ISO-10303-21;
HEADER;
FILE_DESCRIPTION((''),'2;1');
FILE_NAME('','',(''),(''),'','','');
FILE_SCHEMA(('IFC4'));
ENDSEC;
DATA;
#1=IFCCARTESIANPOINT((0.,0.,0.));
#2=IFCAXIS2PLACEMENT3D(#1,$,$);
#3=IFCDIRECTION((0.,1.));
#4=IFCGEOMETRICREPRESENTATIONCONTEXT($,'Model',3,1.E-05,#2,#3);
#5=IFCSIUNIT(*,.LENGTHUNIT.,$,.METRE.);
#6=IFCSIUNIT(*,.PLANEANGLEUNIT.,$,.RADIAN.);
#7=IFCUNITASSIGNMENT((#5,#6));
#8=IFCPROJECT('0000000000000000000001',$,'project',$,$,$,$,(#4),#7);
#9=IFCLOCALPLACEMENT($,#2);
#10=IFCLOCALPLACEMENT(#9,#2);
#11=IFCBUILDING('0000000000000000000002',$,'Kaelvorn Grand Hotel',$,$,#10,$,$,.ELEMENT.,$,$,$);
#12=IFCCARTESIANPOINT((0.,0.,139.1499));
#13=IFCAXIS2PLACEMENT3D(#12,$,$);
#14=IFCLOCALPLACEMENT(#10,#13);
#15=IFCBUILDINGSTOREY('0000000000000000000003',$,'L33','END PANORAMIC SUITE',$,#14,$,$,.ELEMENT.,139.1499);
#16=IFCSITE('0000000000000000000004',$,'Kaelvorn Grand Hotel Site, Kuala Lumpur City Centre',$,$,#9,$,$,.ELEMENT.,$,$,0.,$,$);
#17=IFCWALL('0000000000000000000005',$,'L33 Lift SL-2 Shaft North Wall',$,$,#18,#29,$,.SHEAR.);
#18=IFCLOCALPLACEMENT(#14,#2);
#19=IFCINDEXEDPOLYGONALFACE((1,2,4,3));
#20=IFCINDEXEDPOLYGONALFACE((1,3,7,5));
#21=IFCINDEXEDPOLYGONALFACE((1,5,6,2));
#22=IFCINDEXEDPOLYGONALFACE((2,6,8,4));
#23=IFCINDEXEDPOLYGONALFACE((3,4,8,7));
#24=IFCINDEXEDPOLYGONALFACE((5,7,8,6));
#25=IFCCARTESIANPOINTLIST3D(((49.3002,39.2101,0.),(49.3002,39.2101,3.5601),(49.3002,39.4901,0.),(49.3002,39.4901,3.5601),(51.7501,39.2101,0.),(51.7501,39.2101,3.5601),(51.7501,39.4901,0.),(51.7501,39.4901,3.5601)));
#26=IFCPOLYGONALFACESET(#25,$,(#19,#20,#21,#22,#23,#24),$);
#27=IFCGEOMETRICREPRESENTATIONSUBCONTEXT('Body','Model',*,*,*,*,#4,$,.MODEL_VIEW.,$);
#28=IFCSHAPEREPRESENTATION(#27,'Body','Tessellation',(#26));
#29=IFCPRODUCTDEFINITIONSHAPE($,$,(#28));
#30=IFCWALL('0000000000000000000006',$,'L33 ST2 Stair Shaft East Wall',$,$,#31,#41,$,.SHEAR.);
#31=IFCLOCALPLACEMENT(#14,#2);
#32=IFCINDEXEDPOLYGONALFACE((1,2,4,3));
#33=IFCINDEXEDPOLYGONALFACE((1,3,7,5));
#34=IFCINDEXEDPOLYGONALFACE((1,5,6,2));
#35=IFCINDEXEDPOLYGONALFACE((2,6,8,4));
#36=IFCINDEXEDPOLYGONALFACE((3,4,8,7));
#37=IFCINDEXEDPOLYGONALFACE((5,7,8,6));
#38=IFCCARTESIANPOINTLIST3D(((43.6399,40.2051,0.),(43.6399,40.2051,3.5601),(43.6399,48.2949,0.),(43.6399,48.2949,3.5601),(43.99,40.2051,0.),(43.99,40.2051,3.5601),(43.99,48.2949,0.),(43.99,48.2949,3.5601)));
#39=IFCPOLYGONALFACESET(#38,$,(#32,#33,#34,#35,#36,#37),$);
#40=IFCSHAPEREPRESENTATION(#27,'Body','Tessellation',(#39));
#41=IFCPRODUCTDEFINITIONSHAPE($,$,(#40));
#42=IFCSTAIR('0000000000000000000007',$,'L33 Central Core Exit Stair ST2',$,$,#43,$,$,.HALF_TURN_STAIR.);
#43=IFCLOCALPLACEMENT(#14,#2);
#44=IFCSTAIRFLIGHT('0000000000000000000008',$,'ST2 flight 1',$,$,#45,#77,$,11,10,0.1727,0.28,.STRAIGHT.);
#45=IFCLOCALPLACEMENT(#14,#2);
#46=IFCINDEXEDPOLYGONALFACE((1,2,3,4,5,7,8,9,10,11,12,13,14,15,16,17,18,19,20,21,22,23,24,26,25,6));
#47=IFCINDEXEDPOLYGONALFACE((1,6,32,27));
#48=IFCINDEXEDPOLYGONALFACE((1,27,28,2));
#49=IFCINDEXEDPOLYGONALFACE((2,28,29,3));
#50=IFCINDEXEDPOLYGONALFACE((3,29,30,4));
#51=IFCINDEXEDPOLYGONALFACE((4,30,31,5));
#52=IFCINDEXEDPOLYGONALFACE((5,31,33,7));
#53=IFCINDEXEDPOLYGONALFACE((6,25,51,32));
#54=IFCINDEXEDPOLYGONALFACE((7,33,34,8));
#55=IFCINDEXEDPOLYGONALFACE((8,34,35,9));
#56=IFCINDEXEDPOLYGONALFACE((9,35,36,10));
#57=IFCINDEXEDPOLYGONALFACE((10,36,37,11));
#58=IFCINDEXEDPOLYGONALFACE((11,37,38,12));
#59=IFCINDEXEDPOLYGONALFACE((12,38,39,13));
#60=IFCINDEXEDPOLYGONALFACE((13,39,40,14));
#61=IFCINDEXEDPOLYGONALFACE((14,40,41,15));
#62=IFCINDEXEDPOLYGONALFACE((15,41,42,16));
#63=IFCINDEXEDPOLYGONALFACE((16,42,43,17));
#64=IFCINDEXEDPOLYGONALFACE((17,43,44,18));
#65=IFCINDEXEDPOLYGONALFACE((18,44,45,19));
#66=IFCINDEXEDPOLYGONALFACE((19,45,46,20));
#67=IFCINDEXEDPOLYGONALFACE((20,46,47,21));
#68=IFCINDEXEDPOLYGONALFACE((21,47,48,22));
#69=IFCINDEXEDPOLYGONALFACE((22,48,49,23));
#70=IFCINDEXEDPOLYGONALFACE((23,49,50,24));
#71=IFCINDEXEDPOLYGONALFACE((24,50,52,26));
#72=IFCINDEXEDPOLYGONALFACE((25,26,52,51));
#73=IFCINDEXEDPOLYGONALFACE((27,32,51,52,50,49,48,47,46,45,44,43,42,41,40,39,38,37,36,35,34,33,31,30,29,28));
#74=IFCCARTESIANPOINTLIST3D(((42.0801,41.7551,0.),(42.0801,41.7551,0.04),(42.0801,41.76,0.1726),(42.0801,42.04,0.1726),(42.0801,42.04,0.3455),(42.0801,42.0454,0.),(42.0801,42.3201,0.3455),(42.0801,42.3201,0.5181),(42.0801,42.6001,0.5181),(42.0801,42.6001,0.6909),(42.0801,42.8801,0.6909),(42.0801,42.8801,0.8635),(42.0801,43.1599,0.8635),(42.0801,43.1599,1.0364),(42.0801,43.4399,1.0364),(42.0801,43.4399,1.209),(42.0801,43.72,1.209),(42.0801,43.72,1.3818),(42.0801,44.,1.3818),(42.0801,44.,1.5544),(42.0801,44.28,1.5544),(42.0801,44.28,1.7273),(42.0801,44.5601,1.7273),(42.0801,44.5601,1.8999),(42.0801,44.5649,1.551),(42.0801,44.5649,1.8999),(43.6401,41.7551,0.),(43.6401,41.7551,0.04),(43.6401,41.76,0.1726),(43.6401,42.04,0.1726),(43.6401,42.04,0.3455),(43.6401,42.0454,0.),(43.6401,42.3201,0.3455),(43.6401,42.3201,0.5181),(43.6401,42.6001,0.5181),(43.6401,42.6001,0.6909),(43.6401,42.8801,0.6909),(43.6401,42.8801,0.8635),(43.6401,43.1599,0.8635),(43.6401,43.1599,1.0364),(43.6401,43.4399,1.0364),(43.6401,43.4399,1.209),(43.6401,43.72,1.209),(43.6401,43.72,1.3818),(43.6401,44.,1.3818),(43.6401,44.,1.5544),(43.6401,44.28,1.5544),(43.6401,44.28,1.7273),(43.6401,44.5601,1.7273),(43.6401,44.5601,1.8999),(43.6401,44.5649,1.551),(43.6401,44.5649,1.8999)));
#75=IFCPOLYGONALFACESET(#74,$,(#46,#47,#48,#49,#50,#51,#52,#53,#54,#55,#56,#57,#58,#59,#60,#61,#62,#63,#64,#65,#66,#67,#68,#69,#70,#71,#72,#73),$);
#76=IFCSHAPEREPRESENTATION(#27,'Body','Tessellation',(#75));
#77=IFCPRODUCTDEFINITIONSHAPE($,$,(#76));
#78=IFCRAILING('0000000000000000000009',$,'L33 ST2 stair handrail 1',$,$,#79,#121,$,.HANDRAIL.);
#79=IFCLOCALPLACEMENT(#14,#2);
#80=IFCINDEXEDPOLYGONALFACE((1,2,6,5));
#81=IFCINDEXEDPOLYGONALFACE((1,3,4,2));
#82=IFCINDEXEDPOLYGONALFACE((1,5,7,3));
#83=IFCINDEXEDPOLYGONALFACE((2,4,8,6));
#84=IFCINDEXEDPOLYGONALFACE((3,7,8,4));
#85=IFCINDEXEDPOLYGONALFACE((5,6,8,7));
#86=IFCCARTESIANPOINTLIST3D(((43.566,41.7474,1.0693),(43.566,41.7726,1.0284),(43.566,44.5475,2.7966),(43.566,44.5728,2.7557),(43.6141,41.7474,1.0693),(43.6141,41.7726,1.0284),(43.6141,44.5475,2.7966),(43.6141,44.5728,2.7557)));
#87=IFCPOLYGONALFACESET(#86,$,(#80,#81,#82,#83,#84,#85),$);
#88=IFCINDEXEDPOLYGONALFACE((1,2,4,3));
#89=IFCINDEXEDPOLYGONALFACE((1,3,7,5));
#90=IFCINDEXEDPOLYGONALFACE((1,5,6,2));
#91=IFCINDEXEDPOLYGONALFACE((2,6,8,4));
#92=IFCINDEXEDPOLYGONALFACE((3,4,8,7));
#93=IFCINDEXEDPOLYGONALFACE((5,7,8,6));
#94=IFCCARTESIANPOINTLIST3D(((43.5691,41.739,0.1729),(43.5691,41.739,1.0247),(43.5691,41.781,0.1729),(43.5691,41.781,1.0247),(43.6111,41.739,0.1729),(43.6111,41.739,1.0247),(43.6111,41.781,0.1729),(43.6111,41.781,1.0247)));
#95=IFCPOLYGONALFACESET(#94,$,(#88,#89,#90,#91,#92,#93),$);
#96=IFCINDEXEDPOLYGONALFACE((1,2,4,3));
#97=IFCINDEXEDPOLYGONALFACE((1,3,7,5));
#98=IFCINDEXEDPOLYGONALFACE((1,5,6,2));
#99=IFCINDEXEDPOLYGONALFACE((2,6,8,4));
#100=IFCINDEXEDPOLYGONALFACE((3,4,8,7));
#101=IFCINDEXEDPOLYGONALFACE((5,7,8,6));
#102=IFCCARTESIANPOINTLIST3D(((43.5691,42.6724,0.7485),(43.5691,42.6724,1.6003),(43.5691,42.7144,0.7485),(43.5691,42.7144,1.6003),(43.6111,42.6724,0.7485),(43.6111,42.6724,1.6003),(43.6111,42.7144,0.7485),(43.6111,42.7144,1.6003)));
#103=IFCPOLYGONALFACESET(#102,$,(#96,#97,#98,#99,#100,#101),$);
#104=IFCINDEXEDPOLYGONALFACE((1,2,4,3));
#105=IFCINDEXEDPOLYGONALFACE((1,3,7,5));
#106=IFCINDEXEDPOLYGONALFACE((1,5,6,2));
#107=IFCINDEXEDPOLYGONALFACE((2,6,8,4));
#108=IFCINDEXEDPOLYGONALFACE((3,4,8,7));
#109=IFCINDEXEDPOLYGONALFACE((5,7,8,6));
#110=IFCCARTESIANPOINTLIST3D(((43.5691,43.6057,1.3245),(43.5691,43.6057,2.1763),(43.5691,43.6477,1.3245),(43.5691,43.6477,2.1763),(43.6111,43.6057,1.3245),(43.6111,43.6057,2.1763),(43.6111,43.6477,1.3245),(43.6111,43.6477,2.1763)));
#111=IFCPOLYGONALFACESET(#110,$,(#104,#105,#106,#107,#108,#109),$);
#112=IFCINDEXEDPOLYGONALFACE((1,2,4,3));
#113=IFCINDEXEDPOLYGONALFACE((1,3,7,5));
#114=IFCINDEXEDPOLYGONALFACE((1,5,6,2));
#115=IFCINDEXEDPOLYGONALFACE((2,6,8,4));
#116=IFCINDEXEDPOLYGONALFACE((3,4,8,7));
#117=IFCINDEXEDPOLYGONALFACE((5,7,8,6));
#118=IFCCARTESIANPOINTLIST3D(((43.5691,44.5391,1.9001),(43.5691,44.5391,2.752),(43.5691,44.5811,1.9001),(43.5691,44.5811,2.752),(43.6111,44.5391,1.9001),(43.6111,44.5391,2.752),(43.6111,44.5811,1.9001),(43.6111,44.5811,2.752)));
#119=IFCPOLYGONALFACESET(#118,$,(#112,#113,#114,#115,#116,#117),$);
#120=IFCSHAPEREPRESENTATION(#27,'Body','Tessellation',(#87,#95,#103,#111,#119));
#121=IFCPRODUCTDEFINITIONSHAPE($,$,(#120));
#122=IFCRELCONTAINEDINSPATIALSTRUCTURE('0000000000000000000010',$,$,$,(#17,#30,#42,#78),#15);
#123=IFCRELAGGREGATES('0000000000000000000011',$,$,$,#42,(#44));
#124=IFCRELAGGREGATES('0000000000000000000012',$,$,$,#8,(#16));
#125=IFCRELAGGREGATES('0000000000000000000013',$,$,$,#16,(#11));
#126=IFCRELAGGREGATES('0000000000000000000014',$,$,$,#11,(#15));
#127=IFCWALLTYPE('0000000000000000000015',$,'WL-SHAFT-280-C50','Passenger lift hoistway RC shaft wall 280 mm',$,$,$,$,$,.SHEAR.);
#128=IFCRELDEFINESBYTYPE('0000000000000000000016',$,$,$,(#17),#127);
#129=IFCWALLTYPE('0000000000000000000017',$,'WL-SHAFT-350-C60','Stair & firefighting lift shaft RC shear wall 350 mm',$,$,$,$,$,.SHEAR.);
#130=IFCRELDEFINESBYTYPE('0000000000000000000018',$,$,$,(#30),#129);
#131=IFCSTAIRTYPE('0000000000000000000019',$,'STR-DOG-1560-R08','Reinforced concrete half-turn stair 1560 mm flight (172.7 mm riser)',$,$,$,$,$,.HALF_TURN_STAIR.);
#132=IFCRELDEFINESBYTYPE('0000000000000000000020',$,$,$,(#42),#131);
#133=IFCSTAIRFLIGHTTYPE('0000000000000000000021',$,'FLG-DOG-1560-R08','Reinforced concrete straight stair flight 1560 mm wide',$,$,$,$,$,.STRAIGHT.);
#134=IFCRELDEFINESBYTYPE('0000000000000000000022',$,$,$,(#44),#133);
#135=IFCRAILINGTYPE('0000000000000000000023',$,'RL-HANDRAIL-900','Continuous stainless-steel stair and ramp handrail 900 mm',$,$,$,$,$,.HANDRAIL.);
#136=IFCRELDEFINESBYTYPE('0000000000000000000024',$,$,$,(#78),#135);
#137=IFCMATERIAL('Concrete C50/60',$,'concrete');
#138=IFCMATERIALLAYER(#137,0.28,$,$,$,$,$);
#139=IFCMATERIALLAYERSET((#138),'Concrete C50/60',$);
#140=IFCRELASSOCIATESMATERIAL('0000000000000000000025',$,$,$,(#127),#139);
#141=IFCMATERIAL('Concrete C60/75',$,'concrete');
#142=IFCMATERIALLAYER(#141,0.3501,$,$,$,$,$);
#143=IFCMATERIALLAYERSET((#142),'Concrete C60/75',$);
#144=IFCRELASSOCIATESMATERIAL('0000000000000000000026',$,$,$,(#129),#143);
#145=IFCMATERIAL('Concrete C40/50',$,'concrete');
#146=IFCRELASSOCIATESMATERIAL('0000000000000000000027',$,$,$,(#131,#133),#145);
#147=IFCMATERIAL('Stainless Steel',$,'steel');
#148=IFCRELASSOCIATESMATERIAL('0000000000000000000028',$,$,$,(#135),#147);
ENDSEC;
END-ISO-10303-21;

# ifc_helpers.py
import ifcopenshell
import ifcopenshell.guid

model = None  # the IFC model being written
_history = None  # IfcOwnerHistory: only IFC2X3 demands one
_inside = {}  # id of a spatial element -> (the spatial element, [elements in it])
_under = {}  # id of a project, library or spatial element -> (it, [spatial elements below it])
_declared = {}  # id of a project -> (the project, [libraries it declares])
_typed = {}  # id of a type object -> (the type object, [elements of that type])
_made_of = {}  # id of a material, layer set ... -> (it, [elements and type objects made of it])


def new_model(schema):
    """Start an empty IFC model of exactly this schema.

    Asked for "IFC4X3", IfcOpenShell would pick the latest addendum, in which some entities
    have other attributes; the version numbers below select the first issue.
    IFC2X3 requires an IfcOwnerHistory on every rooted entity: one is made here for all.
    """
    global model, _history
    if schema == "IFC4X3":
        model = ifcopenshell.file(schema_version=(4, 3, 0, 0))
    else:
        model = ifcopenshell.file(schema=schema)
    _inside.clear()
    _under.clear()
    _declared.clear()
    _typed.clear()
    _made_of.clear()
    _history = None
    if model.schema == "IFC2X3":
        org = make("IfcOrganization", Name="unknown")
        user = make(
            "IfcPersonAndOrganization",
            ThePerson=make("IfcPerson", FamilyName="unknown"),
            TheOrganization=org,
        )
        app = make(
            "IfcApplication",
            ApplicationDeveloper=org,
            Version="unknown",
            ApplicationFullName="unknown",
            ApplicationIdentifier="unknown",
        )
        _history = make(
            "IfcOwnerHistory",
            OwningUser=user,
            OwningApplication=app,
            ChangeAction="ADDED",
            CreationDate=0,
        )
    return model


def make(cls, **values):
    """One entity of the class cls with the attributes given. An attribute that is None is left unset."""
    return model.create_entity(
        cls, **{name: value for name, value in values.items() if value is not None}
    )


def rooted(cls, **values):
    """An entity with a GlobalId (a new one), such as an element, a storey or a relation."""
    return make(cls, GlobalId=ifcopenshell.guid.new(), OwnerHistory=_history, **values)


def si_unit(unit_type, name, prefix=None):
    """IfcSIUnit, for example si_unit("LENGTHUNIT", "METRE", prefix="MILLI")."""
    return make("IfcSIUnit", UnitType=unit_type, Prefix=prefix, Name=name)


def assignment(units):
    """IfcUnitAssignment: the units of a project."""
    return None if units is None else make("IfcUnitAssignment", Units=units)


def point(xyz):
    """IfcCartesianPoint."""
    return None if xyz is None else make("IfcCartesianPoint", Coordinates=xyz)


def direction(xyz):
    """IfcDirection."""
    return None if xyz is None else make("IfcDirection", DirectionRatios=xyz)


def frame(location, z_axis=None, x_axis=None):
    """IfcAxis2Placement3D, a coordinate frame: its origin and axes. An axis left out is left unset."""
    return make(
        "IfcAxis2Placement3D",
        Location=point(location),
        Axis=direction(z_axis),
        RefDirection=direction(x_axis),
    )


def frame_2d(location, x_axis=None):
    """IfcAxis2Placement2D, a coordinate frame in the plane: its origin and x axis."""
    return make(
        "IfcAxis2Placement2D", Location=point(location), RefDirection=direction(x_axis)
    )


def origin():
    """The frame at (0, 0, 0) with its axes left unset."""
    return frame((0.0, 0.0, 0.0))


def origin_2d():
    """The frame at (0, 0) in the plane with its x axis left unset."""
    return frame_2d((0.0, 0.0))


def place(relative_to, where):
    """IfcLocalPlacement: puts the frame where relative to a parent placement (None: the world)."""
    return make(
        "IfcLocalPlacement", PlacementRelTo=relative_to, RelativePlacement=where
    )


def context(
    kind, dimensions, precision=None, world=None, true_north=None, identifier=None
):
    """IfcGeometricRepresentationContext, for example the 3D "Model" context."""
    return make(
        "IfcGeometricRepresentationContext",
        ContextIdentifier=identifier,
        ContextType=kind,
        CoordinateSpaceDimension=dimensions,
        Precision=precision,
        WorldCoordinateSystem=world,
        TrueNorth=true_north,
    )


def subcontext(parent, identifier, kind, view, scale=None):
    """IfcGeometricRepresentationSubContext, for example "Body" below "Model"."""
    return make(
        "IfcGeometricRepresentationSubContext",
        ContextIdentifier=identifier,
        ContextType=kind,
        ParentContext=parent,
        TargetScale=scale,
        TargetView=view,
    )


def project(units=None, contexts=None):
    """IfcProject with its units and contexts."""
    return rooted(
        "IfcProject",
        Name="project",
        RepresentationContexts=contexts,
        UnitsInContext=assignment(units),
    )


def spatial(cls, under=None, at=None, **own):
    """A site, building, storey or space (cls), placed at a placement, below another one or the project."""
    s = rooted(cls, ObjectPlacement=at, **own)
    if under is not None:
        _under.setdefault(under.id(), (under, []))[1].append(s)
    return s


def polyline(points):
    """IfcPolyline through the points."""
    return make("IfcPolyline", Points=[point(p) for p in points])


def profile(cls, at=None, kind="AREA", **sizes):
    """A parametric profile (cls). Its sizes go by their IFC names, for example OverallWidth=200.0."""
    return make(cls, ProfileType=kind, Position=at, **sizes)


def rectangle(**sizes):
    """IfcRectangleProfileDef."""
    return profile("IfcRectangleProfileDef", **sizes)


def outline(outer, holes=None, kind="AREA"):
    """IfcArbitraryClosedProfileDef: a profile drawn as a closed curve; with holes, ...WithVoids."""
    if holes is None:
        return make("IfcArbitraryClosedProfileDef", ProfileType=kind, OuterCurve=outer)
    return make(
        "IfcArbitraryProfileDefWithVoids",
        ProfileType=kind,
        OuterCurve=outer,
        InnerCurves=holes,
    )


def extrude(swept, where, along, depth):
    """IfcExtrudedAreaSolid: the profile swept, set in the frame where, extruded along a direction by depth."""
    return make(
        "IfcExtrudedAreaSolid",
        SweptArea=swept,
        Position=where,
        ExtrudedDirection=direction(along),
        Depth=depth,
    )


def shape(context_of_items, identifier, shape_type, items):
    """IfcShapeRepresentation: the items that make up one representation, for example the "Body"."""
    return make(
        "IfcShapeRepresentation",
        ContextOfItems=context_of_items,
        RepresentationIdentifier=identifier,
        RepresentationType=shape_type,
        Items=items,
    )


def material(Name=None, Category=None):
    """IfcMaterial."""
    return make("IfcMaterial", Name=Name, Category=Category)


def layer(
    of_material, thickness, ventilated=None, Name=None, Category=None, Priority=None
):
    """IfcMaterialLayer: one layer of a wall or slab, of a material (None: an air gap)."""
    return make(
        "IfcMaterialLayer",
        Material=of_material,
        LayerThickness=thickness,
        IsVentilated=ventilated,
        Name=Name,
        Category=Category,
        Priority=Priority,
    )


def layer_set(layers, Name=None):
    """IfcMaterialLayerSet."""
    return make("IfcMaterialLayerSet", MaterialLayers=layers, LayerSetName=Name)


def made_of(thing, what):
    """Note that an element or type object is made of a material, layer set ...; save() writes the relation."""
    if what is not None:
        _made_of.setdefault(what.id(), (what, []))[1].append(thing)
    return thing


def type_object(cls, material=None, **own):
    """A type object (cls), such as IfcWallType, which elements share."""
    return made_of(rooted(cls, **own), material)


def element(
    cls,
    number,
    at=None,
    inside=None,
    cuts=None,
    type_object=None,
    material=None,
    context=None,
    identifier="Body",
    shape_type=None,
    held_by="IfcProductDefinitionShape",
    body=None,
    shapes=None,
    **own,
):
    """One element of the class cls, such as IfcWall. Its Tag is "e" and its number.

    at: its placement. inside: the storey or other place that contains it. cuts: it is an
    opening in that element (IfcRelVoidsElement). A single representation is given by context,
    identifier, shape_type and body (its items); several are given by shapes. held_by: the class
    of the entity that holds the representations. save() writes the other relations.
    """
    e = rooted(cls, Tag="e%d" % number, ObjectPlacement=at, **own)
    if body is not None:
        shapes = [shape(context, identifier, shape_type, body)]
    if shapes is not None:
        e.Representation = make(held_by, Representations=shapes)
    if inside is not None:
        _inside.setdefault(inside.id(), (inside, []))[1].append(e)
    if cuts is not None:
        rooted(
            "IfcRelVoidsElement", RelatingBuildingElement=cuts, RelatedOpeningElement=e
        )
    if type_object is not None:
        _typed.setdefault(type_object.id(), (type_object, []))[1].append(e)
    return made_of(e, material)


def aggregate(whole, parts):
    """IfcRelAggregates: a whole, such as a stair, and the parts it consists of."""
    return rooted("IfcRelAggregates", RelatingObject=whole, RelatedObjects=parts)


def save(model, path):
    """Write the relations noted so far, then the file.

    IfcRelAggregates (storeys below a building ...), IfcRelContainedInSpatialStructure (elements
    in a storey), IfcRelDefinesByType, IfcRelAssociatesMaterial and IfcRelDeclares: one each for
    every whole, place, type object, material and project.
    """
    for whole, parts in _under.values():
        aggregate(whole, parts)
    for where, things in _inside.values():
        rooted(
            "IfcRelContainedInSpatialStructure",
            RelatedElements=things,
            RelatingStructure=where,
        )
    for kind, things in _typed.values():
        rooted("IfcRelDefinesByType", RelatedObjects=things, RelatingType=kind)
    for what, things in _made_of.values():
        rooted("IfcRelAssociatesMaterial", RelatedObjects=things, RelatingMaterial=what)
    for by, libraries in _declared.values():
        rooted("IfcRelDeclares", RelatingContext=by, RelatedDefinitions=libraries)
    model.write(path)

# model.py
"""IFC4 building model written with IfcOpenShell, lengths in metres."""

from ifc_helpers import new_model, si_unit, direction, frame, frame_2d, origin, origin_2d, place, context, subcontext, project, spatial, polyline, rectangle, outline, extrude, material, layer, layer_set, type_object, element, aggregate, save


model = new_model("IFC4")

# Units and contexts
model_context = context("Model", 3, precision=1e-05, world=origin(), true_north=direction((0.0, 1.0)))
body_context = subcontext(model_context, "Body", "Model", "MODEL_VIEW")
ifc_project = project(units=[si_unit("LENGTHUNIT", "METRE"), si_unit("PLANEANGLEUNIT", "RADIAN")], contexts=[model_context])

# Site, building, storey
site_placement = place(None, origin())
site = spatial("IfcSite", under=ifc_project, at=site_placement, Name="Kaelvorn Grand Hotel Site, Kuala Lumpur City Centre", CompositionType="ELEMENT", RefElevation=0.0)
building_placement = place(site_placement, origin())
building = spatial("IfcBuilding", under=site, at=building_placement, Name="Kaelvorn Grand Hotel", CompositionType="ELEMENT")
storey_placement = place(building_placement, frame((0.0, 0.0, 139.1499)))
storey = spatial("IfcBuildingStorey", under=building, at=storey_placement, Name="L33", Description="END PANORAMIC SUITE", CompositionType="ELEMENT", Elevation=139.1499)

# Shared definitions
ifc_material_1 = material(Name="Concrete C60/75", Category="concrete")

# Shared definitions
ifc_material_2 = material(Name="Concrete C40/50", Category="concrete")

# Shared definitions
ifc_material_3 = material(Name="Concrete C50/60", Category="concrete")
ifc_layer_1 = layer(ifc_material_3, 0.28)
ifc_layer_set_1 = layer_set([ifc_layer_1], Name="Concrete C50/60")
wall_type_1 = type_object("IfcWallType", Name="WL-SHAFT-280-C50", Description="Passenger lift hoistway RC shaft wall 280 mm", PredefinedType="SHEAR", material=ifc_layer_set_1)
ifc_material_4 = material(Name="Stainless Steel", Category="steel")

# Walls
for number, where, z_axis, x_axis, name in (
    (1, (49.3, 39.3501, 0.0), (0.0, 0.0, 1.0), (1.0, 0.0, 0.0), "L33 Lift SL-2 Shaft North Wall"),
):
    element("IfcWall", number, at=place(storey_placement, frame(where, z_axis=z_axis, x_axis=x_axis)), inside=storey, type_object=wall_type_1, Name=name, PredefinedType="SHEAR", context=body_context, shape_type="SweptSolid", body=[
        extrude(rectangle(XDim=2.45, YDim=0.28, at=frame_2d((1.2251, 0.0))), origin(), (0.0, 0.0, 1.0), 3.5601),
    ])
ifc_layer_2 = layer(ifc_material_1, 0.3501)
ifc_layer_set_2 = layer_set([ifc_layer_2], Name="Concrete C60/75")
wall_type_2 = type_object("IfcWallType", Name="WL-SHAFT-350-C60", Description="Stair & firefighting lift shaft RC shear wall 350 mm", PredefinedType="SHEAR", material=ifc_layer_set_2)
wall_1_placement = place(storey_placement, frame((43.8149, 40.2051, 0.0), z_axis=(0.0, 0.0, 1.0), x_axis=(0.0, 1.0, 0.0)))
element("IfcWall", 2, at=wall_1_placement, inside=storey, type_object=wall_type_2, Name="L33 ST2 Stair Shaft East Wall", PredefinedType="SHEAR", context=body_context, shape_type="SweptSolid", body=[
    extrude(rectangle(XDim=8.0898, YDim=0.3501, at=frame_2d((4.0449, 0.0))), origin(), (0.0, 0.0, 1.0), 3.5601),
])

# Stair, stair flight
stair_type = type_object("IfcStairType", Name="STR-DOG-1560-R08", Description="Reinforced concrete half-turn stair 1560 mm flight (172.7 mm riser)", PredefinedType="HALF_TURN_STAIR", material=ifc_material_2)
stair_placement = place(storey_placement, origin())
stair = element("IfcStair", 3, at=stair_placement, inside=storey, type_object=stair_type, Name="L33 Central Core Exit Stair ST2", PredefinedType="HALF_TURN_STAIR")
stair_flight_type = type_object("IfcStairFlightType", Name="FLG-DOG-1560-R08", Description="Reinforced concrete straight stair flight 1560 mm wide", PredefinedType="STRAIGHT", material=ifc_material_2)
stair_flight_placement = place(storey_placement, frame((42.8601, 41.76, 0.0), z_axis=(0.0, 0.0, 1.0), x_axis=(0.0, 1.0, 0.0)))
stair_flight = element("IfcStairFlight", 4, at=stair_flight_placement, type_object=stair_flight_type, Name="ST2 flight 1", NumberOfRisers=11, NumberOfTreads=10, PredefinedType="STRAIGHT", RiserHeight=0.1727, TreadLength=0.28, context=body_context, shape_type="SweptSolid", body=[
    extrude(outline(polyline([(-0.0049, 0.0), (-0.0049, 0.04), (0.0, 0.1726), (0.28, 0.1726), (0.28, 0.3455), (0.5601, 0.3455), (0.5601, 0.5181), (0.8401, 0.5181), (0.8401, 0.6909), (1.1201, 0.6909), (1.1201, 0.8635), (1.3999, 0.8635), (1.3999, 1.0364), (1.6799, 1.0364), (1.6799, 1.209), (1.96, 1.209), (1.96, 1.3818), (2.24, 1.3818), (2.24, 1.5544), (2.52, 1.5544), (2.52, 1.7273), (2.8, 1.7273), (2.8, 1.8999), (2.8049, 1.8999), (2.8049, 1.551), (0.2854, 0.0), (-0.0049, 0.0)])), frame((0.0, 0.78, 0.0), z_axis=(0.0, -1.0, 0.0), x_axis=(1.0, 0.0, 0.0)), (0.0, 0.0, 1.0), 1.5601),
])
aggregate(stair, [stair_flight])

# Railing
railing_type = type_object("IfcRailingType", Name="RL-HANDRAIL-900", Description="Continuous stainless-steel stair and ramp handrail 900 mm", PredefinedType="HANDRAIL", material=ifc_material_4)
railing_placement = place(storey_placement, frame((43.5901, 41.76, 0.1729)))
element("IfcRailing", 5, at=railing_placement, inside=storey, type_object=railing_type, Name="L33 ST2 stair handrail 1", PredefinedType="HANDRAIL", context=body_context, shape_type="SweptSolid", body=[
    extrude(rectangle(XDim=0.0481, YDim=0.0481, at=origin_2d()), frame((0.0, 0.0, 0.876), z_axis=(0.0, 0.85109, 0.52502), x_axis=(-1.0, 0.0, 0.0)), (0.0, 0.0, 1.0), 3.29),
    extrude(rectangle(XDim=0.042, YDim=0.042, at=origin_2d()), origin(), (0.0, 0.0, 1.0), 0.8518),
    extrude(rectangle(XDim=0.042, YDim=0.042, at=origin_2d()), frame((0.0, 0.9333, 0.5757)), (0.0, 0.0, 1.0), 0.8518),
    extrude(rectangle(XDim=0.042, YDim=0.042, at=origin_2d()), frame((0.0, 1.8667, 1.1516)), (0.0, 0.0, 1.0), 0.8518),
    extrude(rectangle(XDim=0.042, YDim=0.042, at=origin_2d()), frame((0.0, 2.8, 1.7273)), (0.0, 0.0, 1.0), 0.8518),
])

save(model, "model.ifc")
